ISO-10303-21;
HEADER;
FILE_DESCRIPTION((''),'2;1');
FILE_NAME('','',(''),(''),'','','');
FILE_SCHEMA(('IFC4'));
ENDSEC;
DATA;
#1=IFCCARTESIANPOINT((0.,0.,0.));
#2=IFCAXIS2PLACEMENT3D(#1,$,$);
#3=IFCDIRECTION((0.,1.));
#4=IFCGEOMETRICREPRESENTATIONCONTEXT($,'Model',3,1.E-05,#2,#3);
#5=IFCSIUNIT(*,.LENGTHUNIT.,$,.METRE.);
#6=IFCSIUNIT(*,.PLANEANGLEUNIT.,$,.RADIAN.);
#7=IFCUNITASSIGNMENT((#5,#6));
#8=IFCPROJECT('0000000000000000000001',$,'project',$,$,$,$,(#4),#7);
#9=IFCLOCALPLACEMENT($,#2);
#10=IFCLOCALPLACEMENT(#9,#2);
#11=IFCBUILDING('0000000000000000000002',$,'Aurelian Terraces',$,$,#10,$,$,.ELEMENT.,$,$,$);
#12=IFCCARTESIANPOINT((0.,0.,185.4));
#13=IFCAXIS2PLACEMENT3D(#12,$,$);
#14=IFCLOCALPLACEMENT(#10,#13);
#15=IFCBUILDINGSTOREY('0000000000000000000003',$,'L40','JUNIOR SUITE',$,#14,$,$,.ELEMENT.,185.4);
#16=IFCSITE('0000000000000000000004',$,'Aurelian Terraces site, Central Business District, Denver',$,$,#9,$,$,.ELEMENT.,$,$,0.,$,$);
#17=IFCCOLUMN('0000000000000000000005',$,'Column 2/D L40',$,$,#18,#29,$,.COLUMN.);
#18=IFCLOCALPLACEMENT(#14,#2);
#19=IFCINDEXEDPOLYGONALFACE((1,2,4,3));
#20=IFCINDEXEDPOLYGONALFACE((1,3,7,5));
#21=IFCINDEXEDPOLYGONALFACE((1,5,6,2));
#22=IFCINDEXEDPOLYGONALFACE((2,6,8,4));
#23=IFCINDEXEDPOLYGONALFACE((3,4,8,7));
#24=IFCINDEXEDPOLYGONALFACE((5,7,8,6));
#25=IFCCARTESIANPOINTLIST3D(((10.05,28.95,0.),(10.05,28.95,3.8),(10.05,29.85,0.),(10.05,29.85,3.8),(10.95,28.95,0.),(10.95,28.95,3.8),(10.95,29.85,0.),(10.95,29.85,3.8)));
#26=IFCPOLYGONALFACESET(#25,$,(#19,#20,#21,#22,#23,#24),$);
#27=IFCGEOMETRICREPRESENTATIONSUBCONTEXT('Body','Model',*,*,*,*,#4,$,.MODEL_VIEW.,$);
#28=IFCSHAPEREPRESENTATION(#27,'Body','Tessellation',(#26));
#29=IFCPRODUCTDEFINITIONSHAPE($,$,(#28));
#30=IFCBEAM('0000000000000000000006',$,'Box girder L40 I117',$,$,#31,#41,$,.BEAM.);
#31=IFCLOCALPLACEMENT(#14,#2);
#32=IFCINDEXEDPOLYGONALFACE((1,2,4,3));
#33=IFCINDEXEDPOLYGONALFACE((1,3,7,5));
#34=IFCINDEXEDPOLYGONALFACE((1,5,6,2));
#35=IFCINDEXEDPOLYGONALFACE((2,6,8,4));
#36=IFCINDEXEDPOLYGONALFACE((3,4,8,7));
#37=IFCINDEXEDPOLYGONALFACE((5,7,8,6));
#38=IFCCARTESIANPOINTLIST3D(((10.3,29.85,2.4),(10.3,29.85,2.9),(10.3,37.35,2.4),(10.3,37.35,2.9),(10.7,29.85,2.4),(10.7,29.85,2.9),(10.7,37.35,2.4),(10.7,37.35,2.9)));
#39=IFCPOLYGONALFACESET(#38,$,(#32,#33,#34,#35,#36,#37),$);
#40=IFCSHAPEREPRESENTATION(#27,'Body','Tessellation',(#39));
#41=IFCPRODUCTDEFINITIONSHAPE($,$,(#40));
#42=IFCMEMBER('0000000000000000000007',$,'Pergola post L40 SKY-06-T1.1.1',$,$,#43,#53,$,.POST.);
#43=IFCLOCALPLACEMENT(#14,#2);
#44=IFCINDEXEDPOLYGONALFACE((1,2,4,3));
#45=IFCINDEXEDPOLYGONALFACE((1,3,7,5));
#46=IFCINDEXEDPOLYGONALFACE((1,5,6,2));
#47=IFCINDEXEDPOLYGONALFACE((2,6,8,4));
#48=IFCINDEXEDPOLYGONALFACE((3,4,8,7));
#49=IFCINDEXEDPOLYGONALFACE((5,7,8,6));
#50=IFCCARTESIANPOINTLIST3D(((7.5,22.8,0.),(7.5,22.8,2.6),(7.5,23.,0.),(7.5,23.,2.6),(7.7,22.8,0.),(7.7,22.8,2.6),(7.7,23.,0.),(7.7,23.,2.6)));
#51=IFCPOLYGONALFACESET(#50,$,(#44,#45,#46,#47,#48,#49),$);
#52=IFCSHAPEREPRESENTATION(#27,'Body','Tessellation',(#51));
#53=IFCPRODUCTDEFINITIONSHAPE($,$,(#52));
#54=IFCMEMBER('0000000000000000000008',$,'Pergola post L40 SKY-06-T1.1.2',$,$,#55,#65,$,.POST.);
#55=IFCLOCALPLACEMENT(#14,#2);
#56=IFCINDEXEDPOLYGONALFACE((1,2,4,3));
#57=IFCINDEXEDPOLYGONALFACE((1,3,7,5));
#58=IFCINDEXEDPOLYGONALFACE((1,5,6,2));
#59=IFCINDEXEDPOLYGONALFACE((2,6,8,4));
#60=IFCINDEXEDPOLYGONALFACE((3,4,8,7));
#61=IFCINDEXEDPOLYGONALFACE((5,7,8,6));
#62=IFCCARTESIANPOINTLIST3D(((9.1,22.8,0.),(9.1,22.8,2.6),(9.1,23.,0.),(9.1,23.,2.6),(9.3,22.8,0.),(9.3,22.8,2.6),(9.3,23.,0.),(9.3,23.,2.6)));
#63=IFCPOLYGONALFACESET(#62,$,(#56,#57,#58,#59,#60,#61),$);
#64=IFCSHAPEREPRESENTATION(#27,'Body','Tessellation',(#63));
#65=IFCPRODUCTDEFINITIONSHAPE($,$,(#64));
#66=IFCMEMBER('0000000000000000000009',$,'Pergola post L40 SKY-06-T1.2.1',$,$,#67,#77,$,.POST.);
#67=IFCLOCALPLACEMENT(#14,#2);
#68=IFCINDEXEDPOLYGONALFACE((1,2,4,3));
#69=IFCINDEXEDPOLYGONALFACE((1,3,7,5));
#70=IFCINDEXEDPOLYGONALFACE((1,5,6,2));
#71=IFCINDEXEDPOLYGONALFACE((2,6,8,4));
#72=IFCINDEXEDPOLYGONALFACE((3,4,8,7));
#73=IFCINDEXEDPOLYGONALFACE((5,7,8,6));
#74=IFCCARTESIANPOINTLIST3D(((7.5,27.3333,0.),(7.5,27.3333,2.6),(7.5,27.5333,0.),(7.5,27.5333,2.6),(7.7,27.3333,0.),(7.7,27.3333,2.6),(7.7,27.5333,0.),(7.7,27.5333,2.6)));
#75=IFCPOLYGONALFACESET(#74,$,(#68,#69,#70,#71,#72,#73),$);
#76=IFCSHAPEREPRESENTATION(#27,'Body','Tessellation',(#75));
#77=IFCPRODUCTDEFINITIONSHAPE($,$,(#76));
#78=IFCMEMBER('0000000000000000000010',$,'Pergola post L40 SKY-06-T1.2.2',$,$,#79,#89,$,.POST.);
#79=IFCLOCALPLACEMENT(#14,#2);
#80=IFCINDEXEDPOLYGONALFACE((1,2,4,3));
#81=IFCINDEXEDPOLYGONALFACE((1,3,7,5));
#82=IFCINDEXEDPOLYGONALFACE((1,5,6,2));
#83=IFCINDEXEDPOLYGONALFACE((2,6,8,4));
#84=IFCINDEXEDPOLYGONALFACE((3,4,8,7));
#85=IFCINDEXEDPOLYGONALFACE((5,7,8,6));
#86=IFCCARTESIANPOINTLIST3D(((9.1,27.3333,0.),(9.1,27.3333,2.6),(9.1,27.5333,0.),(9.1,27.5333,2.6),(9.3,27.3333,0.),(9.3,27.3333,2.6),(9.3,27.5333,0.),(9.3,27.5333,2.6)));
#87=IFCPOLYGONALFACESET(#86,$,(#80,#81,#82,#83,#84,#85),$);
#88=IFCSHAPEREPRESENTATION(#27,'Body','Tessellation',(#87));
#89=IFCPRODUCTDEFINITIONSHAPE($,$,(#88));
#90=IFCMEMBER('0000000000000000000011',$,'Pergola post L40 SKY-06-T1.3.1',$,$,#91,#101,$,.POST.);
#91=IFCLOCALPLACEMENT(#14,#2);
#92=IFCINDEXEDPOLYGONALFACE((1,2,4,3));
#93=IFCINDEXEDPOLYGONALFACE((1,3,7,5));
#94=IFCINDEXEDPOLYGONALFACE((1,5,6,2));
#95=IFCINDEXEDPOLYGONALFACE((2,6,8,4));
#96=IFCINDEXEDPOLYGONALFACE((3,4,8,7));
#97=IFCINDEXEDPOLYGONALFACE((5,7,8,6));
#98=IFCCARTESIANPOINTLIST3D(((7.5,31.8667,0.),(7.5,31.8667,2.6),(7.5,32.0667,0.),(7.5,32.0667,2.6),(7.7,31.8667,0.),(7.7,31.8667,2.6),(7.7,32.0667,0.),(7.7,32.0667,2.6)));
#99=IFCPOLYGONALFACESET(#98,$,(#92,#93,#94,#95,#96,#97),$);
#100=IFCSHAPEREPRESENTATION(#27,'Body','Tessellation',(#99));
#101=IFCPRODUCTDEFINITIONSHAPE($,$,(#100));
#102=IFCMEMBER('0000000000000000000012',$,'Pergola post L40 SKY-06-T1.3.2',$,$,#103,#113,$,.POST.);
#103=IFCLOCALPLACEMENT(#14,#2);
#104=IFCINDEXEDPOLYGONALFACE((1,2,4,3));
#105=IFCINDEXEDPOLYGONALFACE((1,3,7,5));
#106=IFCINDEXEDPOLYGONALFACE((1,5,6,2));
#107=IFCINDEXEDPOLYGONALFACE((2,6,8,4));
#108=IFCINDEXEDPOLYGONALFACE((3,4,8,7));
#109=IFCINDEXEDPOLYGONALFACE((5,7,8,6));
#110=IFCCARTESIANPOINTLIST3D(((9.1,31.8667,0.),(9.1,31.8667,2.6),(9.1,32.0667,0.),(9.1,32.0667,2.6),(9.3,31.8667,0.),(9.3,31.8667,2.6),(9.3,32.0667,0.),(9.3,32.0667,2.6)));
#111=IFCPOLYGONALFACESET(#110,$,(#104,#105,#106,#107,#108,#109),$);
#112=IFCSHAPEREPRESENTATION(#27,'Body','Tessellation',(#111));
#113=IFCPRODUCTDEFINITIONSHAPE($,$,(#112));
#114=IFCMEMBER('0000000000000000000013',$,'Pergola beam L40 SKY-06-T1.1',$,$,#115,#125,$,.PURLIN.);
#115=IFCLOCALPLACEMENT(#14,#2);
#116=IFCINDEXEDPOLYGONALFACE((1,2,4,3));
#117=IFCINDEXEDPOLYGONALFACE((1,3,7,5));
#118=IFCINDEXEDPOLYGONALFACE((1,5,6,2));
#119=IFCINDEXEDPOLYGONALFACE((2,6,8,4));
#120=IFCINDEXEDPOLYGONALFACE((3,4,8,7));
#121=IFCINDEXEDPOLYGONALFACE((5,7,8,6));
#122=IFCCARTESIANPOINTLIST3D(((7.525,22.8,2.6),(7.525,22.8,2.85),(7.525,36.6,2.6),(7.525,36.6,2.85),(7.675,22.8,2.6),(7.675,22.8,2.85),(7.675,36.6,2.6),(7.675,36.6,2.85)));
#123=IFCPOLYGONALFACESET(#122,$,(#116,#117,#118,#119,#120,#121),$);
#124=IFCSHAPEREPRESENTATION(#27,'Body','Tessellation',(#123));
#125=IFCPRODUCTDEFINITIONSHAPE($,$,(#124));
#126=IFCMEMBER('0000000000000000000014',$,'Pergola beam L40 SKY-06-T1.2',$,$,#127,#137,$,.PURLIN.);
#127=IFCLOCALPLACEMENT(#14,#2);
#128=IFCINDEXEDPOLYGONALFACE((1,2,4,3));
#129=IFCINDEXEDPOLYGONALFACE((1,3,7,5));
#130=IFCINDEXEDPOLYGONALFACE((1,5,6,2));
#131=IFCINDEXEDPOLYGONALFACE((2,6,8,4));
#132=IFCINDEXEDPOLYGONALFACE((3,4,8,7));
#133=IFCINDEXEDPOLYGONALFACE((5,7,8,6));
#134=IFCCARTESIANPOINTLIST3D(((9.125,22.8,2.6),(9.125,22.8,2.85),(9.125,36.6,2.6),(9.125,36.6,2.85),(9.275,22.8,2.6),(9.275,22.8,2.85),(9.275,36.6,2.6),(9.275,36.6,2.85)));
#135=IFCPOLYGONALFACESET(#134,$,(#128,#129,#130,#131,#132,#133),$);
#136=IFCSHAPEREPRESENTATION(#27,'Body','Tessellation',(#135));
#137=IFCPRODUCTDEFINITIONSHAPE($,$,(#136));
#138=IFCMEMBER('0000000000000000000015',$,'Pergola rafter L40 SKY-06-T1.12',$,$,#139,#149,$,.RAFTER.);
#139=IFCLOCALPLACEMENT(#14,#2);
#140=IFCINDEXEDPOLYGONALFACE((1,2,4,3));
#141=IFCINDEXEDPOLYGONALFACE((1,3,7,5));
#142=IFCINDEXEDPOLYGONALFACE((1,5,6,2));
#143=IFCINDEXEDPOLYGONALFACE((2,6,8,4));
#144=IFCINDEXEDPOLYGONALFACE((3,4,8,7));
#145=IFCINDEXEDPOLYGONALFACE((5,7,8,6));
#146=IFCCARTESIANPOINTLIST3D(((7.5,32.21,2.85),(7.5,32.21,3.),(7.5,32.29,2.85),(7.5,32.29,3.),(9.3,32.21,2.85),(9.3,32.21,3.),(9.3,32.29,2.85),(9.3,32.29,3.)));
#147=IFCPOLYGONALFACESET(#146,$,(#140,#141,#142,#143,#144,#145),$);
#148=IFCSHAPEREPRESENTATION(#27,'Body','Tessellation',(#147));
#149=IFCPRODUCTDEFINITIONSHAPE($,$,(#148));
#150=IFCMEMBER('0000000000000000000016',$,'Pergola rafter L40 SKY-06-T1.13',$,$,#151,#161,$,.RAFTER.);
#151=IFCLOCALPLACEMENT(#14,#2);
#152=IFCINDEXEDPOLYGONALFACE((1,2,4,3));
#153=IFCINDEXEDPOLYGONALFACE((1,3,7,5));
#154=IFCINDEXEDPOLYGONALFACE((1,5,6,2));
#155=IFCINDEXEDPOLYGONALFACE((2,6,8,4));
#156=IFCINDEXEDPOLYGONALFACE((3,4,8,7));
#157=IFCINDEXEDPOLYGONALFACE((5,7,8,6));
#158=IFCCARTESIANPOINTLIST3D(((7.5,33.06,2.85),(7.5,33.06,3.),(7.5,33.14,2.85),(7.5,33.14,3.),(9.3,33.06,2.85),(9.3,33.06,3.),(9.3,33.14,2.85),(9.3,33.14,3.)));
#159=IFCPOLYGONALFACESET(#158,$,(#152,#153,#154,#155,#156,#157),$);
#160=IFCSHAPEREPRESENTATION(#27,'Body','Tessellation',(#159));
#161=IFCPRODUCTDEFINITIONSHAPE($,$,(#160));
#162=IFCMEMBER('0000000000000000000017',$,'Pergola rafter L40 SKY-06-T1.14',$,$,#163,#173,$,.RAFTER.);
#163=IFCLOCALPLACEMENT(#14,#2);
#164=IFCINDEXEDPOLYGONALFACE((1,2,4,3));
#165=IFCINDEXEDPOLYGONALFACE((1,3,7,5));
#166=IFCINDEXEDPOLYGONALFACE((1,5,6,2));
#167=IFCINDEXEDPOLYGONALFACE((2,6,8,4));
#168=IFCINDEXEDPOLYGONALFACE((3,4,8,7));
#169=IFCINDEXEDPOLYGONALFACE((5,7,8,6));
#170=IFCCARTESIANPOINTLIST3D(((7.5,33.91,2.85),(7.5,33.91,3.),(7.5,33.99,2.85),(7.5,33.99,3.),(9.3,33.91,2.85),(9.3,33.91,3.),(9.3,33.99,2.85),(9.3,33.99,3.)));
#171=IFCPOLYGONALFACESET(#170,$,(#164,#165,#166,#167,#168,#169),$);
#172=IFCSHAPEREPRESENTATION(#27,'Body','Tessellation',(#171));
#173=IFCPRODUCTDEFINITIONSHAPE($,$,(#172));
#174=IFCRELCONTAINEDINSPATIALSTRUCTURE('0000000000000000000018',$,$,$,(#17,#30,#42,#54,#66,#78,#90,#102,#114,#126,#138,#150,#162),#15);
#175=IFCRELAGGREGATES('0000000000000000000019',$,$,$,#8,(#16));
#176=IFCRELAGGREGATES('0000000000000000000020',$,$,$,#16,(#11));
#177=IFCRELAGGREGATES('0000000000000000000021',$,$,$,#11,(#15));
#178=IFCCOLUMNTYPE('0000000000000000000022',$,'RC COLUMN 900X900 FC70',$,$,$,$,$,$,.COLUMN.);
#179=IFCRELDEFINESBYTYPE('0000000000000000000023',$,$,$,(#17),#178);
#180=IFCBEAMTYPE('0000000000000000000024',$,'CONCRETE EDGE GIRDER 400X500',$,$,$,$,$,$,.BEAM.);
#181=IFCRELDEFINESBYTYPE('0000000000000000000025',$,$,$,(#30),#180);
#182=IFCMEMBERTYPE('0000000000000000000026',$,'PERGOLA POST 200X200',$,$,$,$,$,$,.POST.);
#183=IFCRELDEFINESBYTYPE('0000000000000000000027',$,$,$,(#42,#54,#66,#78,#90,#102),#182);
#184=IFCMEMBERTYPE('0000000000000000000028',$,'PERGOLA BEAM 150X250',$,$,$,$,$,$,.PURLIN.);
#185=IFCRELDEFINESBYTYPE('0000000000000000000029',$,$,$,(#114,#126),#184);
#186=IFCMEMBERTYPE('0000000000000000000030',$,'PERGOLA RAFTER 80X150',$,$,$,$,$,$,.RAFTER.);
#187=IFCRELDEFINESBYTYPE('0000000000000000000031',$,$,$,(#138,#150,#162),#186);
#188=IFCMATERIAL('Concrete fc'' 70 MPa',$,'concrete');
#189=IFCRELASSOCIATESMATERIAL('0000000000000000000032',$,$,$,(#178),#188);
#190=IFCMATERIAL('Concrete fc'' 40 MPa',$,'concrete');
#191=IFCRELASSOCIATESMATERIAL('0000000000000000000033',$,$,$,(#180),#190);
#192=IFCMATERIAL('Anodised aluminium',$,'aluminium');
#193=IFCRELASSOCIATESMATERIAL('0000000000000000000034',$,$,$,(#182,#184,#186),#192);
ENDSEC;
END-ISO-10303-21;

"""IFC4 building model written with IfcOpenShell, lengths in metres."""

from ifc_helpers import new_model, si_unit, direction, frame, origin, origin_2d, place, context, subcontext, project, spatial, rectangle, extrude, source, transform, mapped, material, material_profile, profile_set, type_object, element, save


model = new_model("IFC4")

# Units and contexts
model_context = context("Model", 3, precision=1e-05, world=origin(), true_north=direction((0.0, 1.0)))
body_context = subcontext(model_context, "Body", "Model", "MODEL_VIEW")
ifc_project = project(units=[si_unit("LENGTHUNIT", "METRE"), si_unit("PLANEANGLEUNIT", "RADIAN")], contexts=[model_context])

# Site, building, storey
site_placement = place(None, origin())
site = spatial("IfcSite", under=ifc_project, at=site_placement, Name="Aurelian Terraces site, Central Business District, Denver", CompositionType="ELEMENT", RefElevation=0.0)
building_placement = place(site_placement, origin())
building = spatial("IfcBuilding", under=site, at=building_placement, Name="Aurelian Terraces", CompositionType="ELEMENT")
storey_placement = place(building_placement, frame((0.0, 0.0, 185.4)))
storey = spatial("IfcBuildingStorey", under=building, at=storey_placement, Name="L40", Description="JUNIOR SUITE", CompositionType="ELEMENT", Elevation=185.4)

# Column
ifc_material_1 = material(Name="Concrete fc' 70 MPa", Category="concrete")
ifc_material_profile_1 = material_profile(ifc_material_1, rectangle(XDim=0.9, YDim=0.9, at=origin_2d()))
ifc_profile_set_1 = profile_set([ifc_material_profile_1], Name="Concrete fc' 70 MPa")
column_type = type_object("IfcColumnType", Name="RC COLUMN 900X900 FC70", PredefinedType="COLUMN", material=ifc_profile_set_1)
shared_shape_1 = source(origin(), body_context, "Body", "SweptSolid", [
    extrude(rectangle(XDim=0.9, YDim=0.9, at=origin_2d()), origin(), (0.0, 0.0, 1.0), 3.8),
])
column_placement = place(storey_placement, frame((10.5, 29.4, 0.0), z_axis=(0.0, 0.0, 1.0), x_axis=(1.0, 0.0, 0.0)))
element("IfcColumn", 1, at=column_placement, inside=storey, type_object=column_type, Name="Column 2/D L40", PredefinedType="COLUMN", context=body_context, shape_type="MappedRepresentation", body=[
    mapped(shared_shape_1, transform((0.0, 0.0, 0.0), scale=1.0)),
])

# Beam
ifc_material_2 = material(Name="Concrete fc' 40 MPa", Category="concrete")
ifc_material_profile_2 = material_profile(ifc_material_2, rectangle(XDim=0.4, YDim=0.5, at=origin_2d()))
ifc_profile_set_2 = profile_set([ifc_material_profile_2], Name="Concrete fc' 40 MPa")
beam_type = type_object("IfcBeamType", Name="CONCRETE EDGE GIRDER 400X500", PredefinedType="BEAM", material=ifc_profile_set_2)
shared_shape_2 = source(origin(), body_context, "Body", "SweptSolid", [
    extrude(rectangle(XDim=0.4, YDim=0.5, at=origin_2d()), origin(), (0.0, 0.0, 1.0), 7.5),
])
beam_placement = place(storey_placement, frame((10.5, 29.85, 2.65), z_axis=(0.0, 1.0, 0.0), x_axis=(-1.0, 0.0, 0.0)))
element("IfcBeam", 2, at=beam_placement, inside=storey, type_object=beam_type, Name="Box girder L40 I117", PredefinedType="BEAM", context=body_context, shape_type="MappedRepresentation", body=[
    mapped(shared_shape_2, transform((0.0, 0.0, 0.0), scale=1.0)),
])

# Members
ifc_material_3 = material(Name="Anodised aluminium", Category="aluminium")
ifc_material_profile_3 = material_profile(ifc_material_3, rectangle(XDim=0.2, YDim=0.2, at=origin_2d()))
ifc_profile_set_3 = profile_set([ifc_material_profile_3], Name="Anodised aluminium")
member_type_1 = type_object("IfcMemberType", Name="PERGOLA POST 200X200", PredefinedType="POST", material=ifc_profile_set_3)
shared_shape_3 = source(origin(), body_context, "Body", "SweptSolid", [
    extrude(rectangle(XDim=0.2, YDim=0.2, at=origin_2d()), origin(), (0.0, 0.0, 1.0), 2.6),
])
for number, where, z_axis, x_axis, name in (
    (3, (7.6, 22.9, 0.0), (0.0, 0.0, 1.0), (1.0, 0.0, 0.0), "Pergola post L40 SKY-06-T1.1.1"),
    (4, (9.2, 22.9, 0.0), (0.0, 0.0, 1.0), (1.0, 0.0, 0.0), "Pergola post L40 SKY-06-T1.1.2"),
    (5, (7.6, 27.4333, 0.0), (0.0, 0.0, 1.0), (1.0, 0.0, 0.0), "Pergola post L40 SKY-06-T1.2.1"),
    (6, (9.2, 27.4333, 0.0), (0.0, 0.0, 1.0), (1.0, 0.0, 0.0), "Pergola post L40 SKY-06-T1.2.2"),
    (7, (7.6, 31.9667, 0.0), (0.0, 0.0, 1.0), (1.0, 0.0, 0.0), "Pergola post L40 SKY-06-T1.3.1"),
    (8, (9.2, 31.9667, 0.0), (0.0, 0.0, 1.0), (1.0, 0.0, 0.0), "Pergola post L40 SKY-06-T1.3.2"),
):
    element("IfcMember", number, at=place(storey_placement, frame(where, z_axis=z_axis, x_axis=x_axis)), inside=storey, type_object=member_type_1, Name=name, PredefinedType="POST", context=body_context, shape_type="MappedRepresentation", body=[
        mapped(shared_shape_3, transform((0.0, 0.0, 0.0), scale=1.0)),
    ])
ifc_material_profile_4 = material_profile(ifc_material_3, rectangle(XDim=0.15, YDim=0.25, at=origin_2d()))
ifc_profile_set_4 = profile_set([ifc_material_profile_4], Name="Anodised aluminium")
member_type_2 = type_object("IfcMemberType", Name="PERGOLA BEAM 150X250", PredefinedType="PURLIN", material=ifc_profile_set_4)
shared_shape_4 = source(origin(), body_context, "Body", "SweptSolid", [
    extrude(rectangle(XDim=0.15, YDim=0.25, at=origin_2d()), origin(), (0.0, 0.0, 1.0), 13.8),
])
for number, where, z_axis, x_axis, name in (
    (9, (7.6, 22.8, 2.725), (0.0, 1.0, 0.0), (-1.0, 0.0, 0.0), "Pergola beam L40 SKY-06-T1.1"),
    (10, (9.2, 22.8, 2.725), (0.0, 1.0, 0.0), (-1.0, 0.0, 0.0), "Pergola beam L40 SKY-06-T1.2"),
):
    element("IfcMember", number, at=place(storey_placement, frame(where, z_axis=z_axis, x_axis=x_axis)), inside=storey, type_object=member_type_2, Name=name, PredefinedType="PURLIN", context=body_context, shape_type="MappedRepresentation", body=[
        mapped(shared_shape_4, transform((0.0, 0.0, 0.0), scale=1.0)),
    ])
ifc_material_profile_5 = material_profile(ifc_material_3, rectangle(XDim=0.08, YDim=0.15, at=origin_2d()))
ifc_profile_set_5 = profile_set([ifc_material_profile_5], Name="Anodised aluminium")
member_type_3 = type_object("IfcMemberType", Name="PERGOLA RAFTER 80X150", PredefinedType="RAFTER", material=ifc_profile_set_5)
shared_shape_5 = source(origin(), body_context, "Body", "SweptSolid", [
    extrude(rectangle(XDim=0.08, YDim=0.15, at=origin_2d()), origin(), (0.0, 0.0, 1.0), 1.8),
])
for number, where, z_axis, x_axis, name in (
    (11, (7.5, 32.25, 2.925), (1.0, 0.0, 0.0), (0.0, 1.0, 0.0), "Pergola rafter L40 SKY-06-T1.12"),
    (12, (7.5, 33.1, 2.925), (1.0, 0.0, 0.0), (0.0, 1.0, 0.0), "Pergola rafter L40 SKY-06-T1.13"),
    (13, (7.5, 33.95, 2.925), (1.0, 0.0, 0.0), (0.0, 1.0, 0.0), "Pergola rafter L40 SKY-06-T1.14"),
):
    element("IfcMember", number, at=place(storey_placement, frame(where, z_axis=z_axis, x_axis=x_axis)), inside=storey, type_object=member_type_3, Name=name, PredefinedType="RAFTER", context=body_context, shape_type="MappedRepresentation", body=[
        mapped(shared_shape_5, transform((0.0, 0.0, 0.0), scale=1.0)),
    ])

save(model, "model.ifc")
